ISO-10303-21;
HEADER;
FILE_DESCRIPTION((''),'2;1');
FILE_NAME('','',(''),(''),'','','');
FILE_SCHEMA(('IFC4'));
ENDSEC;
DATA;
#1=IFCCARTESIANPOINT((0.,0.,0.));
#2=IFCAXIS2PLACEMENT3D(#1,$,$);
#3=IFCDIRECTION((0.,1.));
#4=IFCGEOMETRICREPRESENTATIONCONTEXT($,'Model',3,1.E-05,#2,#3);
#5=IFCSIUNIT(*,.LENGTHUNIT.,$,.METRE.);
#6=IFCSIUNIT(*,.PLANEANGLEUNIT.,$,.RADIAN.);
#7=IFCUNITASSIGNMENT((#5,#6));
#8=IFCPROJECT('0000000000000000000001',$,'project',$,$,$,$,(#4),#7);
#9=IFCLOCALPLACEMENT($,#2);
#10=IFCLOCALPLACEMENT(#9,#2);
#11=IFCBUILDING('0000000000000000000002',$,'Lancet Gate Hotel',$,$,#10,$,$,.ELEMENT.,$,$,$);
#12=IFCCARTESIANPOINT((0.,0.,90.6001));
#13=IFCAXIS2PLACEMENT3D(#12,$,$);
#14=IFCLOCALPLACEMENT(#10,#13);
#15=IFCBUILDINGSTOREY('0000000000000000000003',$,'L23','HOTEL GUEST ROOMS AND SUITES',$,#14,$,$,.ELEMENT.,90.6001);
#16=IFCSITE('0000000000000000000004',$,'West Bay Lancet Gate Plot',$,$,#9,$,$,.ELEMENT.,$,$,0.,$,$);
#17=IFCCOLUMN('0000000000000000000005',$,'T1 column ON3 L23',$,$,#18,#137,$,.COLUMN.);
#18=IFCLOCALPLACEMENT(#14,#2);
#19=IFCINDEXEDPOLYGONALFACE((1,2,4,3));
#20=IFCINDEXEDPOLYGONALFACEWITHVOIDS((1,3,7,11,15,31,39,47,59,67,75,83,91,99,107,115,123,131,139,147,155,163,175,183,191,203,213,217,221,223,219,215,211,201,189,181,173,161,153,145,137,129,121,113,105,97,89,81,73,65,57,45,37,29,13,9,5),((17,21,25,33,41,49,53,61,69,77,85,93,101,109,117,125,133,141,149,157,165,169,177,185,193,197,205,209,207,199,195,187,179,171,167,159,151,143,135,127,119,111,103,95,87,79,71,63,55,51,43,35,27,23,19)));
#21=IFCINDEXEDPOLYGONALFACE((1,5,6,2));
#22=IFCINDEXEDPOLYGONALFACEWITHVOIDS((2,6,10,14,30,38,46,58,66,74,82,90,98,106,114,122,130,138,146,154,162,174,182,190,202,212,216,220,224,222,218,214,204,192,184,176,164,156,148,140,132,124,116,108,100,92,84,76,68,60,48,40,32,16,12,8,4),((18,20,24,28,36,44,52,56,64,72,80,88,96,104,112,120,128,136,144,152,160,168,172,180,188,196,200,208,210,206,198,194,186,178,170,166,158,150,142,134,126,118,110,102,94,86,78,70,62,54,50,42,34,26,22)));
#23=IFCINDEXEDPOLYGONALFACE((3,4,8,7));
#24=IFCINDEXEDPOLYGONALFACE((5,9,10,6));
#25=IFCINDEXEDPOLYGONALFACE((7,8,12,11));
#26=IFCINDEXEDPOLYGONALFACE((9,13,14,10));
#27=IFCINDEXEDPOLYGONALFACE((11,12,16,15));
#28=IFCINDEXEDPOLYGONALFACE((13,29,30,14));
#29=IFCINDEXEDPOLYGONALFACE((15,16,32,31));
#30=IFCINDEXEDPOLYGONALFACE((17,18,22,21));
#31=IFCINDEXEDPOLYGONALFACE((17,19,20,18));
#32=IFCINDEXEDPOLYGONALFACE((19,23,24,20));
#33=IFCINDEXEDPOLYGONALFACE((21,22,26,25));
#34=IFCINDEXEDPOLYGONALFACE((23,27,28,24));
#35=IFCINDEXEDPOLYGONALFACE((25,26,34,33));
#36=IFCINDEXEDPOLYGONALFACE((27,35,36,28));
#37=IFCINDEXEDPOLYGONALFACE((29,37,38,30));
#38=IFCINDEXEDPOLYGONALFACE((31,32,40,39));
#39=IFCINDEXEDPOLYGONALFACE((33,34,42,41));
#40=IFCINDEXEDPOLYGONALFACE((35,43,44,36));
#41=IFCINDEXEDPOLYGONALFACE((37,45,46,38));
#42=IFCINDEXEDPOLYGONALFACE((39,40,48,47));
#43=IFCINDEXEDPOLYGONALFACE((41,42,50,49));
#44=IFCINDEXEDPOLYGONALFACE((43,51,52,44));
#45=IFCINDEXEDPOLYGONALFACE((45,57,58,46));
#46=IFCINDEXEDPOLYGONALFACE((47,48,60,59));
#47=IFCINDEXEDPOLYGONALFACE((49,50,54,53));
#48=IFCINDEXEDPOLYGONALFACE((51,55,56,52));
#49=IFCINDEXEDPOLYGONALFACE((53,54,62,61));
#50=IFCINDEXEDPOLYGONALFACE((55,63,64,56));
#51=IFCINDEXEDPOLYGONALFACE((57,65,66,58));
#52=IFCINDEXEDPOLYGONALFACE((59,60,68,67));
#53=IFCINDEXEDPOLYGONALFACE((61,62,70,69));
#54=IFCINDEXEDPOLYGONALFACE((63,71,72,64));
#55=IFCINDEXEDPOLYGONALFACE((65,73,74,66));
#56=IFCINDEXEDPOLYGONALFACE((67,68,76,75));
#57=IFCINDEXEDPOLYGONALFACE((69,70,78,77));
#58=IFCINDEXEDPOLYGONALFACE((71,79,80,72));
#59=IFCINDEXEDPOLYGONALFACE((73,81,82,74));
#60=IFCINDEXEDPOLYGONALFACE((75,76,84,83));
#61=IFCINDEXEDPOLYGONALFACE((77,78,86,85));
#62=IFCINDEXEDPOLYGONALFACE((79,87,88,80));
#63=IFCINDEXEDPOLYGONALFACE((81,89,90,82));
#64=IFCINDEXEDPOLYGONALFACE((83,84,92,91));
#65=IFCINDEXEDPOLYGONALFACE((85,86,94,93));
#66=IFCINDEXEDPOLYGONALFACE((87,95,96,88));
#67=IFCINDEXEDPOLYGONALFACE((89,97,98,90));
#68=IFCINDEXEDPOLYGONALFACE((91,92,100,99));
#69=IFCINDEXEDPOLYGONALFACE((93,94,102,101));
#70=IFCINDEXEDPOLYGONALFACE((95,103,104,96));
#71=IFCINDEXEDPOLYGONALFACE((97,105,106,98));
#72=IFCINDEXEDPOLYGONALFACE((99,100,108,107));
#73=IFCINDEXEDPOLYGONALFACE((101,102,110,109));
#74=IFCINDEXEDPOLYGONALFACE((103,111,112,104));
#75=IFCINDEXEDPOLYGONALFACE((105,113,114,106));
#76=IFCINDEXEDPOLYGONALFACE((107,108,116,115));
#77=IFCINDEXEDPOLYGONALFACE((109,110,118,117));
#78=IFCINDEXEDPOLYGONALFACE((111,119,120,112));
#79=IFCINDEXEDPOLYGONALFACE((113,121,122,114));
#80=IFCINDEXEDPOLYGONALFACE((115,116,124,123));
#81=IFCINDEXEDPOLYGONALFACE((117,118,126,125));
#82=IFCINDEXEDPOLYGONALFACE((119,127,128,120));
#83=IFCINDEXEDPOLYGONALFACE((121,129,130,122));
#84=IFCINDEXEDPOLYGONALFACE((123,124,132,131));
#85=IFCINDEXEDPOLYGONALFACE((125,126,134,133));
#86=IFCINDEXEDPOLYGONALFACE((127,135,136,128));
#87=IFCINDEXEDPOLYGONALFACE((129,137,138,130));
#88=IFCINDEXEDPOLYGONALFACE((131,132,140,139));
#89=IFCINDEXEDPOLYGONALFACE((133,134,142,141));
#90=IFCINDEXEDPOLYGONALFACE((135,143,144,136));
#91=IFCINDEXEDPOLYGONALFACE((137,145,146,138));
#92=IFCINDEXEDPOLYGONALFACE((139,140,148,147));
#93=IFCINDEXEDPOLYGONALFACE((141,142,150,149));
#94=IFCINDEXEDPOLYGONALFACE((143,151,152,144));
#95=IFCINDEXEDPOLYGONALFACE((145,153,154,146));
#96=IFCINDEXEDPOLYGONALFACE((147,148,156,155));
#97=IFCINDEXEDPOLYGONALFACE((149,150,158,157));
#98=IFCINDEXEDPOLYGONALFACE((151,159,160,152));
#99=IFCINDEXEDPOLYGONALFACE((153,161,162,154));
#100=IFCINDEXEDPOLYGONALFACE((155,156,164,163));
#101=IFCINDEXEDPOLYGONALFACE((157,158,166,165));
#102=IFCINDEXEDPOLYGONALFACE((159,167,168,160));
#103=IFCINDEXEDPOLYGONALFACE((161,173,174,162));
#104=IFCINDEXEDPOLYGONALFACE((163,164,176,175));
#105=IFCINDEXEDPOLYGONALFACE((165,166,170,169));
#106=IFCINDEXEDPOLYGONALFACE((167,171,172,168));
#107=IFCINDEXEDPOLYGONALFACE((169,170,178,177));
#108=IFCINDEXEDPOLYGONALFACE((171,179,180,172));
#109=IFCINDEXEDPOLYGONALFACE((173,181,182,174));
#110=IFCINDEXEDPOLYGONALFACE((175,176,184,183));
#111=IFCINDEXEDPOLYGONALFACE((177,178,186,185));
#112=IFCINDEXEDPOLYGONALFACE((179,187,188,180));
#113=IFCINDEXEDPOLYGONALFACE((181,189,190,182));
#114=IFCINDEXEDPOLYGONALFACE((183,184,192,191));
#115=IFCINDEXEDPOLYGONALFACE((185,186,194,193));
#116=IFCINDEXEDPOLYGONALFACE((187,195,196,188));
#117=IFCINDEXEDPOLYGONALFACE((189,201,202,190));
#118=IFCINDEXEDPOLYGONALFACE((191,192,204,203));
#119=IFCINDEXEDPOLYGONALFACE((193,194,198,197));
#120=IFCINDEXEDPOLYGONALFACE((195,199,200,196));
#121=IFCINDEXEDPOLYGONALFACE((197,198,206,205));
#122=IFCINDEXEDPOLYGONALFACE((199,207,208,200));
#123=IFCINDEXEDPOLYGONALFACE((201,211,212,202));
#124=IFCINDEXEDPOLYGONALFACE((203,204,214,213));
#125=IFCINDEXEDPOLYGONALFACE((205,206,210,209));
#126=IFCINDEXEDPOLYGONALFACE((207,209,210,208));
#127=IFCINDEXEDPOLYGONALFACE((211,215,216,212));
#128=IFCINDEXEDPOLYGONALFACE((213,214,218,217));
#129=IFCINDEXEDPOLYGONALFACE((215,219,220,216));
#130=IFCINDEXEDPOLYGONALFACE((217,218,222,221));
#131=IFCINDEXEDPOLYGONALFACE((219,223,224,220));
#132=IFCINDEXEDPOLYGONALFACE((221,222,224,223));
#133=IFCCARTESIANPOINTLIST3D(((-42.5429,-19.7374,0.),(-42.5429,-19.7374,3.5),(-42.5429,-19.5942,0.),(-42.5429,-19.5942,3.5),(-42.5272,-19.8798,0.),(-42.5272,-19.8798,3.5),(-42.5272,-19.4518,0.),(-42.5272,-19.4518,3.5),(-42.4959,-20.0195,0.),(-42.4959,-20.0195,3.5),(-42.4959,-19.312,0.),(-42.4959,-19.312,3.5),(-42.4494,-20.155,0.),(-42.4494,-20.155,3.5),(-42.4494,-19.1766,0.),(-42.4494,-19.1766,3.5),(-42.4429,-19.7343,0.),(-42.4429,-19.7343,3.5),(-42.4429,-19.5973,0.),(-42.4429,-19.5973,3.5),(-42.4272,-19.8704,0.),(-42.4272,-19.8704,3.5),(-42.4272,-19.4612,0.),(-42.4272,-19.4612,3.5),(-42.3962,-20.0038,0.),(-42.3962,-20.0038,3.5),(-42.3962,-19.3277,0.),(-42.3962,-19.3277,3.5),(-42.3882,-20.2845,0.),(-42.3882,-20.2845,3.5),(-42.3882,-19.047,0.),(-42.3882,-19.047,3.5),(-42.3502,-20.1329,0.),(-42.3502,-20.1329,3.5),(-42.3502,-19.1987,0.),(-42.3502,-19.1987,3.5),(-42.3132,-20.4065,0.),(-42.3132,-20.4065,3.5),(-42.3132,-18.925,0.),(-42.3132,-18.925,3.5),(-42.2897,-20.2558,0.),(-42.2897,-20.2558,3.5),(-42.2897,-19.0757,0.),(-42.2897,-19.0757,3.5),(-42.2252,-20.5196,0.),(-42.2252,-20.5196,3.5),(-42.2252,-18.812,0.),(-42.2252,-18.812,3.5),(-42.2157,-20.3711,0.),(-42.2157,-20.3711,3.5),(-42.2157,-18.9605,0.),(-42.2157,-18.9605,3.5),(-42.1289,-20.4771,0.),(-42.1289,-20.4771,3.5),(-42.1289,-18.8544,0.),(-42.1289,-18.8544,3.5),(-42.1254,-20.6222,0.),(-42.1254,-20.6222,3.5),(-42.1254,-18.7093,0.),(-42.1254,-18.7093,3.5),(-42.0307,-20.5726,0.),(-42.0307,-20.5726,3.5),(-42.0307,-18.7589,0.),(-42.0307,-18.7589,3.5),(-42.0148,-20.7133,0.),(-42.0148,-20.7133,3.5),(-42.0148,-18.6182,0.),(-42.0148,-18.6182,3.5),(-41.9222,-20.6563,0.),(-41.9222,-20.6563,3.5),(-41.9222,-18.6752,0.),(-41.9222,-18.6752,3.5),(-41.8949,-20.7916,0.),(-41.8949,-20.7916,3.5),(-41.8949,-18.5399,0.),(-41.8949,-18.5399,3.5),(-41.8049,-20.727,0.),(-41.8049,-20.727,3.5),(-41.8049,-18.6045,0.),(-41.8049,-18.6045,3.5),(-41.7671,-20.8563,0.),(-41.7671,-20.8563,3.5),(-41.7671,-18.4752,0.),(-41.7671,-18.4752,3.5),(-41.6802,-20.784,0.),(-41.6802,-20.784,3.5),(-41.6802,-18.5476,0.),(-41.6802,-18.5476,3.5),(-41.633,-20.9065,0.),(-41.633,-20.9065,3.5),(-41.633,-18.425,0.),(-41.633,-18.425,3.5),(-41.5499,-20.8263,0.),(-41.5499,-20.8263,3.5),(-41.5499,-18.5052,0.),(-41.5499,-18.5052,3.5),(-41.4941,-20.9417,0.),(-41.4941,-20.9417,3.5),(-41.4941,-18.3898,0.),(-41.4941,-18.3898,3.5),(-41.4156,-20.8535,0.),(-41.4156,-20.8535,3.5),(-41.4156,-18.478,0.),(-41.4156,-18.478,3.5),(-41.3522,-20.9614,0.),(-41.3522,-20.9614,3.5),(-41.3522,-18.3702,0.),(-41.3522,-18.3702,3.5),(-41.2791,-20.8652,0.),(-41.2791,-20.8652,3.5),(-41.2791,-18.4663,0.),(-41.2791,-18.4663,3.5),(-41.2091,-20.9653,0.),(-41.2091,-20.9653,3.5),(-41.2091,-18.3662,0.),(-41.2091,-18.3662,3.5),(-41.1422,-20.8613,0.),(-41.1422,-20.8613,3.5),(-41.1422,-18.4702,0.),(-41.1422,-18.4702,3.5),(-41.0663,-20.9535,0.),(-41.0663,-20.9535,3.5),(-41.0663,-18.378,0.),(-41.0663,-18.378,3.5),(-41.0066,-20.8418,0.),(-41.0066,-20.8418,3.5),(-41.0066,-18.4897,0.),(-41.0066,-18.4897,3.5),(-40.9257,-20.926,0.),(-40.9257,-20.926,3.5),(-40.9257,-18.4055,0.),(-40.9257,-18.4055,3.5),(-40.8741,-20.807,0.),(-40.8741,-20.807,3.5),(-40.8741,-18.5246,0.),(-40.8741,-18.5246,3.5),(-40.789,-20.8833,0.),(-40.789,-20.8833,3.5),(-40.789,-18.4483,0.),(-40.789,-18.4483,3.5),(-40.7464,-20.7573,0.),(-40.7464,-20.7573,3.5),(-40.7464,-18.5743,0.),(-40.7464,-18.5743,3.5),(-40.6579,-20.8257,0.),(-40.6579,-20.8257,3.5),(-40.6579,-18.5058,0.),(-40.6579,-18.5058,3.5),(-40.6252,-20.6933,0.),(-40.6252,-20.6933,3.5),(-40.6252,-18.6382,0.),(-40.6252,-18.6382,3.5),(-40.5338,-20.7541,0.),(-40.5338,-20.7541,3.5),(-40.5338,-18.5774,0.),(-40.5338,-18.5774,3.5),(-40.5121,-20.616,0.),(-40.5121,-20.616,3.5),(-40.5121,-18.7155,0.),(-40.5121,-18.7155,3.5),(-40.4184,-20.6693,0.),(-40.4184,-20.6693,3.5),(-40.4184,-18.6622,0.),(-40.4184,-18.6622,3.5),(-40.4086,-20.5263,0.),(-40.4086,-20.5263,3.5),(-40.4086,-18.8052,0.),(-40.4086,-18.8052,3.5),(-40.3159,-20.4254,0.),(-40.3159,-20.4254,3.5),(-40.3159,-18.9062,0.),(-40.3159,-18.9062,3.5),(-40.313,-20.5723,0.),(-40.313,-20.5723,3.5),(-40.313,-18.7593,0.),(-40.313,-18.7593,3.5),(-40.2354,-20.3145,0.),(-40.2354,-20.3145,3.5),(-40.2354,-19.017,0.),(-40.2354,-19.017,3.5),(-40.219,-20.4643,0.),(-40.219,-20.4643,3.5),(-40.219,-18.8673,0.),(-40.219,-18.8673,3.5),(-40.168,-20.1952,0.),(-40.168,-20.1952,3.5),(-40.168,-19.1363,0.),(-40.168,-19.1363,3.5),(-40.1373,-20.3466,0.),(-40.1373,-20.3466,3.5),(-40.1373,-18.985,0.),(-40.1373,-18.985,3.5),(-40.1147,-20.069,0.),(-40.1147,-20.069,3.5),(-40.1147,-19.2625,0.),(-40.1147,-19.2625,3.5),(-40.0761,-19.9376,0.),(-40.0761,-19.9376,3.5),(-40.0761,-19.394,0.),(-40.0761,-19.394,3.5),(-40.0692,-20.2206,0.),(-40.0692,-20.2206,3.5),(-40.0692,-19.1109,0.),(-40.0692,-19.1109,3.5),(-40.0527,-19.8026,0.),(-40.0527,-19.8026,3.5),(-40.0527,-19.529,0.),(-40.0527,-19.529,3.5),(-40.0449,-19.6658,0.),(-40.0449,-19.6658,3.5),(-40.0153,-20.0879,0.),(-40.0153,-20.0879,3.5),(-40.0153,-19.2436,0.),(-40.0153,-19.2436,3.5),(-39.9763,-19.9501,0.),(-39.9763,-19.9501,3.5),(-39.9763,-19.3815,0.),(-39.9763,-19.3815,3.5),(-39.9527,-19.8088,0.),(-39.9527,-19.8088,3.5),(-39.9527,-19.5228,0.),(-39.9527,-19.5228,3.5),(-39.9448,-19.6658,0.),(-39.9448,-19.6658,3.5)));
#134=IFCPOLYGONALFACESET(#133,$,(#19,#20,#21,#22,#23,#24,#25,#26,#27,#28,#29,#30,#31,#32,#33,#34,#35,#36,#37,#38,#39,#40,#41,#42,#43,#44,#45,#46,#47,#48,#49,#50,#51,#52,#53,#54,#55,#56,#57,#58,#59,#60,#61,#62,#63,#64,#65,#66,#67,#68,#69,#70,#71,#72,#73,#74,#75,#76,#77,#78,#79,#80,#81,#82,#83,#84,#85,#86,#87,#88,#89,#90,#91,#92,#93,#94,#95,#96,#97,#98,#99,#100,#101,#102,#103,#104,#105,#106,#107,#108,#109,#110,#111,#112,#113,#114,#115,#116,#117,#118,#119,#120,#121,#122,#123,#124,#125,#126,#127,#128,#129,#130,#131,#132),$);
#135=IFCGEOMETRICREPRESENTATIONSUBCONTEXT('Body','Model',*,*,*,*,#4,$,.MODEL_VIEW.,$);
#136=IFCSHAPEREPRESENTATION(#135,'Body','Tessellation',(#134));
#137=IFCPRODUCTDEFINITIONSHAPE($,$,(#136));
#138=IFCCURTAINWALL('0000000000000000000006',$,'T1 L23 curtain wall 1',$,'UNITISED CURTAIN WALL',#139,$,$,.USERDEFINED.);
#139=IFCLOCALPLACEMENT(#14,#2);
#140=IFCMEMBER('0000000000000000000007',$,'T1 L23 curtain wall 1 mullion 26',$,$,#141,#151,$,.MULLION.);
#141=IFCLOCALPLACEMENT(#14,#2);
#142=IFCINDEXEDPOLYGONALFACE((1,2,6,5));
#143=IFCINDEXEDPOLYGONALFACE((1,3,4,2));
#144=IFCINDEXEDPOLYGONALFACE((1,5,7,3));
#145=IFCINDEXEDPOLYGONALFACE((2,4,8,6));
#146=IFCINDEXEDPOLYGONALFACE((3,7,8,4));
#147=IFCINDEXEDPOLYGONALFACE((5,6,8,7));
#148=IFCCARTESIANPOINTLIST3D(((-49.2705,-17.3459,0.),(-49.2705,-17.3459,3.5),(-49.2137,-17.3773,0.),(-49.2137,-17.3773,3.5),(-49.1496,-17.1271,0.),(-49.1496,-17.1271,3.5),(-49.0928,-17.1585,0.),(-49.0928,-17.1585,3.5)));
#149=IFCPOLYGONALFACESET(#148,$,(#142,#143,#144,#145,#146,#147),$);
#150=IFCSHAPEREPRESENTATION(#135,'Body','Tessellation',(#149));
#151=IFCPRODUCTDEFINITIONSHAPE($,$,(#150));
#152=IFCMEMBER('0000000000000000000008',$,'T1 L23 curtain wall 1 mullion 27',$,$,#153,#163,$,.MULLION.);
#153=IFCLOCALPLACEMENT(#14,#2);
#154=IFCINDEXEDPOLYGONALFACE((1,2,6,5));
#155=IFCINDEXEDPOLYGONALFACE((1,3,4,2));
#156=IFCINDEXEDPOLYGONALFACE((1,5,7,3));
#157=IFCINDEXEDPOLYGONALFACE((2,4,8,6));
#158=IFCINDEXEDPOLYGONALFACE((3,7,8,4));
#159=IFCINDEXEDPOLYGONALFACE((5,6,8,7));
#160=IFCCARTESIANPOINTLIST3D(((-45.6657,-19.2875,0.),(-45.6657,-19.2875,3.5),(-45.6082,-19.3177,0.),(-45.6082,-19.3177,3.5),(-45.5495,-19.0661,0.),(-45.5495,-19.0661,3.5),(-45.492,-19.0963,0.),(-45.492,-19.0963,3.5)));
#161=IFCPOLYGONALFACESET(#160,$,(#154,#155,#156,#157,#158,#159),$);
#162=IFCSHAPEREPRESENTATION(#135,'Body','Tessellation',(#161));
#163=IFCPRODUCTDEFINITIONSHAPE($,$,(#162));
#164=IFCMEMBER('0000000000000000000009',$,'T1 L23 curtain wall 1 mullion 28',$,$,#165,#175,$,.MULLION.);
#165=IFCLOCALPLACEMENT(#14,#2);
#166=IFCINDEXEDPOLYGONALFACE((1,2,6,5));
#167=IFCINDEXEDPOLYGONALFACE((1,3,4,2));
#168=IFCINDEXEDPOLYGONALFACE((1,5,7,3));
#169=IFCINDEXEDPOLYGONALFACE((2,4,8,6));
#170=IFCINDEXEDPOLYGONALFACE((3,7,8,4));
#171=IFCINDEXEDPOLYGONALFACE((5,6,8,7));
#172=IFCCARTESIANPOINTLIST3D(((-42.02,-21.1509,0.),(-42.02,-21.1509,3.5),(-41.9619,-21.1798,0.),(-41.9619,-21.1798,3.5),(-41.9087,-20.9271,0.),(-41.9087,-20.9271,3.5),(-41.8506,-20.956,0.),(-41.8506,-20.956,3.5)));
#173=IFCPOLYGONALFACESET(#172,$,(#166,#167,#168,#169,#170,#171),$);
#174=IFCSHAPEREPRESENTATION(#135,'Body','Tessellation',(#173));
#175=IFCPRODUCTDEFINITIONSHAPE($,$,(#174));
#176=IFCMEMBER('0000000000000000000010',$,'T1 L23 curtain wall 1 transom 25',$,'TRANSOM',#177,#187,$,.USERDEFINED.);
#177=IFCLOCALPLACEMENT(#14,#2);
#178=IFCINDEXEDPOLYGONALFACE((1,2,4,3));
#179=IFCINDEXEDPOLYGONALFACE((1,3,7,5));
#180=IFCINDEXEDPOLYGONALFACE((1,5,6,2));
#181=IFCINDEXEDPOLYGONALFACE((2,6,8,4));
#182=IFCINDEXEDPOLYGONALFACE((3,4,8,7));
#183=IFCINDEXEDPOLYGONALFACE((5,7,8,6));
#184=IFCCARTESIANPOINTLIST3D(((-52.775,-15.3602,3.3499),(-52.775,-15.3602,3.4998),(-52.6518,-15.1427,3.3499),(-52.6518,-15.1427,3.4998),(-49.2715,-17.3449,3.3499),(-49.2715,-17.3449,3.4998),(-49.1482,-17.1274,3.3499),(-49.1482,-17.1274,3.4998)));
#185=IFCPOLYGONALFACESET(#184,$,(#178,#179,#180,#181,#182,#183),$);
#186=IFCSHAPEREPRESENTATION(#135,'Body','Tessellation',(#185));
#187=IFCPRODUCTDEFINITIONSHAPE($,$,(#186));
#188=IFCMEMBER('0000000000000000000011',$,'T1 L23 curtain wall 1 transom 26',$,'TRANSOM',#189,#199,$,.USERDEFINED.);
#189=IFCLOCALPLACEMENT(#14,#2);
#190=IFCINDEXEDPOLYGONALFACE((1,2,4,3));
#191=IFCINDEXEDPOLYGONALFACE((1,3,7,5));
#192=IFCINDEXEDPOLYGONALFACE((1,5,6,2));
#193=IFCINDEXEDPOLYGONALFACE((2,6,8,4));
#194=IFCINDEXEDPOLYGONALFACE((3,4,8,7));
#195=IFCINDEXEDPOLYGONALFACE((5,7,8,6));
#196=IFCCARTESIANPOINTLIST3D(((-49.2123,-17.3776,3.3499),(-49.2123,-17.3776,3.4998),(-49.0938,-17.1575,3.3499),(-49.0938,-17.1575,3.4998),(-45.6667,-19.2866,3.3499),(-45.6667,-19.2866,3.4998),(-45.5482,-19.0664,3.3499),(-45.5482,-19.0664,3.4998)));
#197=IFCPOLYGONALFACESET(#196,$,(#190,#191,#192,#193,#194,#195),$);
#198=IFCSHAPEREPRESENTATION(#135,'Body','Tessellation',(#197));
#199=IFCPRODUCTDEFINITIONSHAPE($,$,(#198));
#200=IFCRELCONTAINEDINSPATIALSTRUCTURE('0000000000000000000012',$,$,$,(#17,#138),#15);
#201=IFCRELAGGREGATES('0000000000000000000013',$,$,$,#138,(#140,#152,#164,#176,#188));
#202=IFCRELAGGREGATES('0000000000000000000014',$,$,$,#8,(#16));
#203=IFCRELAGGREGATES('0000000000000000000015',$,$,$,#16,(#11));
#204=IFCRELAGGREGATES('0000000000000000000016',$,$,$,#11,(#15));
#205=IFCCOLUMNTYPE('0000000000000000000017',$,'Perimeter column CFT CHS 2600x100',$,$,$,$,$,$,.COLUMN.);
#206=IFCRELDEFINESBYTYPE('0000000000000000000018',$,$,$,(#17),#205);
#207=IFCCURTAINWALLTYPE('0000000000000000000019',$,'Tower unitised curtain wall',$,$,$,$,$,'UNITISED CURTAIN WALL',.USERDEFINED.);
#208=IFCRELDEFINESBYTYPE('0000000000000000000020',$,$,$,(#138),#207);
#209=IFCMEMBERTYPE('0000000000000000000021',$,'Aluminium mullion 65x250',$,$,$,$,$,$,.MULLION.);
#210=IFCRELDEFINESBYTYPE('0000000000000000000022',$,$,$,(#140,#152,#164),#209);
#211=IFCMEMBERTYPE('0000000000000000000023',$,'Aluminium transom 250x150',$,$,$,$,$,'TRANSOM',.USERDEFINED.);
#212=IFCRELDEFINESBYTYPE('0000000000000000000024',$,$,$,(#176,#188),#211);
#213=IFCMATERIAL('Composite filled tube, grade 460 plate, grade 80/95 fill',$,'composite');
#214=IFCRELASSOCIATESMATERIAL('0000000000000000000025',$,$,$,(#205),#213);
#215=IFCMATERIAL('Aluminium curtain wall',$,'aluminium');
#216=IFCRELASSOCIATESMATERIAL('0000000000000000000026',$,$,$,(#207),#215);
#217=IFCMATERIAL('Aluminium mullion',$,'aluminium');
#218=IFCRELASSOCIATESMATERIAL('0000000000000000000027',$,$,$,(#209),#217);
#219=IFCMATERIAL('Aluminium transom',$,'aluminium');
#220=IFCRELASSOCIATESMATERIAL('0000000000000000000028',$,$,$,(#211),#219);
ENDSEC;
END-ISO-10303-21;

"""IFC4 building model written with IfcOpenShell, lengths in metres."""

from ifc_helpers import new_model, si_unit, direction, frame, origin, origin_2d, place, context, subcontext, project, spatial, rectangle, hollow_circle, extrude, material, material_profile, profile_set, type_object, element, aggregate, save


model = new_model("IFC4")

# Units and contexts
model_context = context("Model", 3, precision=1e-05, world=origin(), true_north=direction((0.0, 1.0)))
body_context = subcontext(model_context, "Body", "Model", "MODEL_VIEW")
ifc_project = project(units=[si_unit("LENGTHUNIT", "METRE"), si_unit("PLANEANGLEUNIT", "RADIAN")], contexts=[model_context])

# Site, building, storey
site_placement = place(None, origin())
site = spatial("IfcSite", under=ifc_project, at=site_placement, Name="West Bay Lancet Gate Plot", CompositionType="ELEMENT", RefElevation=0.0)
building_placement = place(site_placement, origin())
building = spatial("IfcBuilding", under=site, at=building_placement, Name="Lancet Gate Hotel", CompositionType="ELEMENT")
storey_placement = place(building_placement, frame((0.0, 0.0, 90.6001)))
storey = spatial("IfcBuildingStorey", under=building, at=storey_placement, Name="L23", Description="HOTEL GUEST ROOMS AND SUITES", CompositionType="ELEMENT", Elevation=90.6001)

# Column
ifc_material_1 = material(Name="Composite filled tube, grade 460 plate, grade 80/95 fill", Category="composite")
ifc_material_profile_1 = material_profile(ifc_material_1, hollow_circle(Radius=1.3, WallThickness=0.1001, at=origin_2d()), Name="CHS 2600x100")
ifc_profile_set_1 = profile_set([ifc_material_profile_1], Name="Composite filled tube, grade 460 plate, grade 80/95 fill")
column_type = type_object("IfcColumnType", Name="Perimeter column CFT CHS 2600x100", PredefinedType="COLUMN", material=ifc_profile_set_1)
for number, where, z_axis, x_axis, name in (
    (1, (-41.2449, -19.6658, 0.0), (0.0, 0.0, 1.0), (1.0, 0.0, 0.0), "T1 column ON3 L23"),
):
    element("IfcColumn", number, at=place(storey_placement, frame(where, z_axis=z_axis, x_axis=x_axis)), inside=storey, type_object=column_type, Name=name, PredefinedType="COLUMN", context=body_context, shape_type="SweptSolid", body=[
        extrude(hollow_circle(Radius=1.3, WallThickness=0.1001, at=origin_2d()), origin(), (0.0, 0.0, 1.0), 3.5),
    ])

# Curtain wall, members
ifc_material_2 = material(Name="Aluminium curtain wall", Category="aluminium")
curtain_wall_type = type_object("IfcCurtainWallType", Name="Tower unitised curtain wall", ElementType="UNITISED CURTAIN WALL", PredefinedType="USERDEFINED", material=ifc_material_2)
curtain_wall_placement = place(storey_placement, origin())
curtain_wall = element("IfcCurtainWall", 2, at=curtain_wall_placement, inside=storey, type_object=curtain_wall_type, Name="T1 L23 curtain wall 1", ObjectType="UNITISED CURTAIN WALL", PredefinedType="USERDEFINED")
ifc_material_3 = material(Name="Aluminium mullion", Category="aluminium")
ifc_material_profile_2 = material_profile(ifc_material_3, rectangle(XDim=0.0649, YDim=0.25, at=origin_2d()), Name="MULLION 65x250")
ifc_profile_set_2 = profile_set([ifc_material_profile_2], Name="Aluminium mullion")
member_type_1 = type_object("IfcMemberType", Name="Aluminium mullion 65x250", PredefinedType="MULLION", material=ifc_profile_set_2)
member_1_placement = place(storey_placement, frame((-49.1816, -17.2522, 0.0), z_axis=(0.0, 0.0, 1.0), x_axis=(0.875339, -0.48351, 0.0)))
member_1 = element("IfcMember", 3, at=member_1_placement, type_object=member_type_1, Name="T1 L23 curtain wall 1 mullion 26", PredefinedType="MULLION", context=body_context, shape_type="SweptSolid", body=[
    extrude(rectangle(XDim=0.0649, YDim=0.25, at=origin_2d()), origin(), (0.0, 0.0, 1.0), 3.5),
])
member_2_placement = place(storey_placement, frame((-45.5789, -19.1919, 0.0), z_axis=(0.0, 0.0, 1.0), x_axis=(0.885544, -0.464555, 0.0)))
member_2 = element("IfcMember", 4, at=member_2_placement, type_object=member_type_1, Name="T1 L23 curtain wall 1 mullion 27", PredefinedType="MULLION", context=body_context, shape_type="SweptSolid", body=[
    extrude(rectangle(XDim=0.0649, YDim=0.25, at=origin_2d()), origin(), (0.0, 0.0, 1.0), 3.5),
])
member_3_placement = place(storey_placement, frame((-41.9353, -21.0535, 0.0), z_axis=(0.0, 0.0, 1.0), x_axis=(0.895339, -0.445384, 0.0)))
member_3 = element("IfcMember", 5, at=member_3_placement, type_object=member_type_1, Name="T1 L23 curtain wall 1 mullion 28", PredefinedType="MULLION", context=body_context, shape_type="SweptSolid", body=[
    extrude(rectangle(XDim=0.0649, YDim=0.25, at=origin_2d()), origin(), (0.0, 0.0, 1.0), 3.5),
])
ifc_material_4 = material(Name="Aluminium transom", Category="aluminium")
ifc_material_profile_3 = material_profile(ifc_material_4, rectangle(XDim=0.25, YDim=0.1499, at=origin_2d()), Name="TRANSOM 250x150")
ifc_profile_set_3 = profile_set([ifc_material_profile_3], Name="Aluminium transom")
member_type_2 = type_object("IfcMemberType", Name="Aluminium transom 250x150", ElementType="TRANSOM", PredefinedType="USERDEFINED", material=ifc_profile_set_3)
member_4_placement = place(storey_placement, frame((-52.7134, -15.2515, 3.4248), z_axis=(0.870092, -0.49289, 0.0), x_axis=(0.49289, 0.870092, 0.0)))
member_4 = element("IfcMember", 6, at=member_4_placement, type_object=member_type_2, Name="T1 L23 curtain wall 1 transom 25", ObjectType="TRANSOM", PredefinedType="USERDEFINED", context=body_context, shape_type="SweptSolid", body=[
    extrude(rectangle(XDim=0.25, YDim=0.1499, at=origin_2d()), origin(), (0.0, 0.0, 1.0), 4.0266),
])
member_5_placement = place(storey_placement, frame((-49.1531, -17.2676, 3.4248), z_axis=(0.880498, -0.474049, 0.0), x_axis=(0.474049, 0.880498, 0.0)))
member_5 = element("IfcMember", 7, at=member_5_placement, type_object=member_type_2, Name="T1 L23 curtain wall 1 transom 26", ObjectType="TRANSOM", PredefinedType="USERDEFINED", context=body_context, shape_type="SweptSolid", body=[
    extrude(rectangle(XDim=0.25, YDim=0.1499, at=origin_2d()), origin(), (0.0, 0.0, 1.0), 4.0269),
])

aggregate(curtain_wall, [member_1, member_2, member_3, member_4, member_5])

save(model, "model.ifc")
